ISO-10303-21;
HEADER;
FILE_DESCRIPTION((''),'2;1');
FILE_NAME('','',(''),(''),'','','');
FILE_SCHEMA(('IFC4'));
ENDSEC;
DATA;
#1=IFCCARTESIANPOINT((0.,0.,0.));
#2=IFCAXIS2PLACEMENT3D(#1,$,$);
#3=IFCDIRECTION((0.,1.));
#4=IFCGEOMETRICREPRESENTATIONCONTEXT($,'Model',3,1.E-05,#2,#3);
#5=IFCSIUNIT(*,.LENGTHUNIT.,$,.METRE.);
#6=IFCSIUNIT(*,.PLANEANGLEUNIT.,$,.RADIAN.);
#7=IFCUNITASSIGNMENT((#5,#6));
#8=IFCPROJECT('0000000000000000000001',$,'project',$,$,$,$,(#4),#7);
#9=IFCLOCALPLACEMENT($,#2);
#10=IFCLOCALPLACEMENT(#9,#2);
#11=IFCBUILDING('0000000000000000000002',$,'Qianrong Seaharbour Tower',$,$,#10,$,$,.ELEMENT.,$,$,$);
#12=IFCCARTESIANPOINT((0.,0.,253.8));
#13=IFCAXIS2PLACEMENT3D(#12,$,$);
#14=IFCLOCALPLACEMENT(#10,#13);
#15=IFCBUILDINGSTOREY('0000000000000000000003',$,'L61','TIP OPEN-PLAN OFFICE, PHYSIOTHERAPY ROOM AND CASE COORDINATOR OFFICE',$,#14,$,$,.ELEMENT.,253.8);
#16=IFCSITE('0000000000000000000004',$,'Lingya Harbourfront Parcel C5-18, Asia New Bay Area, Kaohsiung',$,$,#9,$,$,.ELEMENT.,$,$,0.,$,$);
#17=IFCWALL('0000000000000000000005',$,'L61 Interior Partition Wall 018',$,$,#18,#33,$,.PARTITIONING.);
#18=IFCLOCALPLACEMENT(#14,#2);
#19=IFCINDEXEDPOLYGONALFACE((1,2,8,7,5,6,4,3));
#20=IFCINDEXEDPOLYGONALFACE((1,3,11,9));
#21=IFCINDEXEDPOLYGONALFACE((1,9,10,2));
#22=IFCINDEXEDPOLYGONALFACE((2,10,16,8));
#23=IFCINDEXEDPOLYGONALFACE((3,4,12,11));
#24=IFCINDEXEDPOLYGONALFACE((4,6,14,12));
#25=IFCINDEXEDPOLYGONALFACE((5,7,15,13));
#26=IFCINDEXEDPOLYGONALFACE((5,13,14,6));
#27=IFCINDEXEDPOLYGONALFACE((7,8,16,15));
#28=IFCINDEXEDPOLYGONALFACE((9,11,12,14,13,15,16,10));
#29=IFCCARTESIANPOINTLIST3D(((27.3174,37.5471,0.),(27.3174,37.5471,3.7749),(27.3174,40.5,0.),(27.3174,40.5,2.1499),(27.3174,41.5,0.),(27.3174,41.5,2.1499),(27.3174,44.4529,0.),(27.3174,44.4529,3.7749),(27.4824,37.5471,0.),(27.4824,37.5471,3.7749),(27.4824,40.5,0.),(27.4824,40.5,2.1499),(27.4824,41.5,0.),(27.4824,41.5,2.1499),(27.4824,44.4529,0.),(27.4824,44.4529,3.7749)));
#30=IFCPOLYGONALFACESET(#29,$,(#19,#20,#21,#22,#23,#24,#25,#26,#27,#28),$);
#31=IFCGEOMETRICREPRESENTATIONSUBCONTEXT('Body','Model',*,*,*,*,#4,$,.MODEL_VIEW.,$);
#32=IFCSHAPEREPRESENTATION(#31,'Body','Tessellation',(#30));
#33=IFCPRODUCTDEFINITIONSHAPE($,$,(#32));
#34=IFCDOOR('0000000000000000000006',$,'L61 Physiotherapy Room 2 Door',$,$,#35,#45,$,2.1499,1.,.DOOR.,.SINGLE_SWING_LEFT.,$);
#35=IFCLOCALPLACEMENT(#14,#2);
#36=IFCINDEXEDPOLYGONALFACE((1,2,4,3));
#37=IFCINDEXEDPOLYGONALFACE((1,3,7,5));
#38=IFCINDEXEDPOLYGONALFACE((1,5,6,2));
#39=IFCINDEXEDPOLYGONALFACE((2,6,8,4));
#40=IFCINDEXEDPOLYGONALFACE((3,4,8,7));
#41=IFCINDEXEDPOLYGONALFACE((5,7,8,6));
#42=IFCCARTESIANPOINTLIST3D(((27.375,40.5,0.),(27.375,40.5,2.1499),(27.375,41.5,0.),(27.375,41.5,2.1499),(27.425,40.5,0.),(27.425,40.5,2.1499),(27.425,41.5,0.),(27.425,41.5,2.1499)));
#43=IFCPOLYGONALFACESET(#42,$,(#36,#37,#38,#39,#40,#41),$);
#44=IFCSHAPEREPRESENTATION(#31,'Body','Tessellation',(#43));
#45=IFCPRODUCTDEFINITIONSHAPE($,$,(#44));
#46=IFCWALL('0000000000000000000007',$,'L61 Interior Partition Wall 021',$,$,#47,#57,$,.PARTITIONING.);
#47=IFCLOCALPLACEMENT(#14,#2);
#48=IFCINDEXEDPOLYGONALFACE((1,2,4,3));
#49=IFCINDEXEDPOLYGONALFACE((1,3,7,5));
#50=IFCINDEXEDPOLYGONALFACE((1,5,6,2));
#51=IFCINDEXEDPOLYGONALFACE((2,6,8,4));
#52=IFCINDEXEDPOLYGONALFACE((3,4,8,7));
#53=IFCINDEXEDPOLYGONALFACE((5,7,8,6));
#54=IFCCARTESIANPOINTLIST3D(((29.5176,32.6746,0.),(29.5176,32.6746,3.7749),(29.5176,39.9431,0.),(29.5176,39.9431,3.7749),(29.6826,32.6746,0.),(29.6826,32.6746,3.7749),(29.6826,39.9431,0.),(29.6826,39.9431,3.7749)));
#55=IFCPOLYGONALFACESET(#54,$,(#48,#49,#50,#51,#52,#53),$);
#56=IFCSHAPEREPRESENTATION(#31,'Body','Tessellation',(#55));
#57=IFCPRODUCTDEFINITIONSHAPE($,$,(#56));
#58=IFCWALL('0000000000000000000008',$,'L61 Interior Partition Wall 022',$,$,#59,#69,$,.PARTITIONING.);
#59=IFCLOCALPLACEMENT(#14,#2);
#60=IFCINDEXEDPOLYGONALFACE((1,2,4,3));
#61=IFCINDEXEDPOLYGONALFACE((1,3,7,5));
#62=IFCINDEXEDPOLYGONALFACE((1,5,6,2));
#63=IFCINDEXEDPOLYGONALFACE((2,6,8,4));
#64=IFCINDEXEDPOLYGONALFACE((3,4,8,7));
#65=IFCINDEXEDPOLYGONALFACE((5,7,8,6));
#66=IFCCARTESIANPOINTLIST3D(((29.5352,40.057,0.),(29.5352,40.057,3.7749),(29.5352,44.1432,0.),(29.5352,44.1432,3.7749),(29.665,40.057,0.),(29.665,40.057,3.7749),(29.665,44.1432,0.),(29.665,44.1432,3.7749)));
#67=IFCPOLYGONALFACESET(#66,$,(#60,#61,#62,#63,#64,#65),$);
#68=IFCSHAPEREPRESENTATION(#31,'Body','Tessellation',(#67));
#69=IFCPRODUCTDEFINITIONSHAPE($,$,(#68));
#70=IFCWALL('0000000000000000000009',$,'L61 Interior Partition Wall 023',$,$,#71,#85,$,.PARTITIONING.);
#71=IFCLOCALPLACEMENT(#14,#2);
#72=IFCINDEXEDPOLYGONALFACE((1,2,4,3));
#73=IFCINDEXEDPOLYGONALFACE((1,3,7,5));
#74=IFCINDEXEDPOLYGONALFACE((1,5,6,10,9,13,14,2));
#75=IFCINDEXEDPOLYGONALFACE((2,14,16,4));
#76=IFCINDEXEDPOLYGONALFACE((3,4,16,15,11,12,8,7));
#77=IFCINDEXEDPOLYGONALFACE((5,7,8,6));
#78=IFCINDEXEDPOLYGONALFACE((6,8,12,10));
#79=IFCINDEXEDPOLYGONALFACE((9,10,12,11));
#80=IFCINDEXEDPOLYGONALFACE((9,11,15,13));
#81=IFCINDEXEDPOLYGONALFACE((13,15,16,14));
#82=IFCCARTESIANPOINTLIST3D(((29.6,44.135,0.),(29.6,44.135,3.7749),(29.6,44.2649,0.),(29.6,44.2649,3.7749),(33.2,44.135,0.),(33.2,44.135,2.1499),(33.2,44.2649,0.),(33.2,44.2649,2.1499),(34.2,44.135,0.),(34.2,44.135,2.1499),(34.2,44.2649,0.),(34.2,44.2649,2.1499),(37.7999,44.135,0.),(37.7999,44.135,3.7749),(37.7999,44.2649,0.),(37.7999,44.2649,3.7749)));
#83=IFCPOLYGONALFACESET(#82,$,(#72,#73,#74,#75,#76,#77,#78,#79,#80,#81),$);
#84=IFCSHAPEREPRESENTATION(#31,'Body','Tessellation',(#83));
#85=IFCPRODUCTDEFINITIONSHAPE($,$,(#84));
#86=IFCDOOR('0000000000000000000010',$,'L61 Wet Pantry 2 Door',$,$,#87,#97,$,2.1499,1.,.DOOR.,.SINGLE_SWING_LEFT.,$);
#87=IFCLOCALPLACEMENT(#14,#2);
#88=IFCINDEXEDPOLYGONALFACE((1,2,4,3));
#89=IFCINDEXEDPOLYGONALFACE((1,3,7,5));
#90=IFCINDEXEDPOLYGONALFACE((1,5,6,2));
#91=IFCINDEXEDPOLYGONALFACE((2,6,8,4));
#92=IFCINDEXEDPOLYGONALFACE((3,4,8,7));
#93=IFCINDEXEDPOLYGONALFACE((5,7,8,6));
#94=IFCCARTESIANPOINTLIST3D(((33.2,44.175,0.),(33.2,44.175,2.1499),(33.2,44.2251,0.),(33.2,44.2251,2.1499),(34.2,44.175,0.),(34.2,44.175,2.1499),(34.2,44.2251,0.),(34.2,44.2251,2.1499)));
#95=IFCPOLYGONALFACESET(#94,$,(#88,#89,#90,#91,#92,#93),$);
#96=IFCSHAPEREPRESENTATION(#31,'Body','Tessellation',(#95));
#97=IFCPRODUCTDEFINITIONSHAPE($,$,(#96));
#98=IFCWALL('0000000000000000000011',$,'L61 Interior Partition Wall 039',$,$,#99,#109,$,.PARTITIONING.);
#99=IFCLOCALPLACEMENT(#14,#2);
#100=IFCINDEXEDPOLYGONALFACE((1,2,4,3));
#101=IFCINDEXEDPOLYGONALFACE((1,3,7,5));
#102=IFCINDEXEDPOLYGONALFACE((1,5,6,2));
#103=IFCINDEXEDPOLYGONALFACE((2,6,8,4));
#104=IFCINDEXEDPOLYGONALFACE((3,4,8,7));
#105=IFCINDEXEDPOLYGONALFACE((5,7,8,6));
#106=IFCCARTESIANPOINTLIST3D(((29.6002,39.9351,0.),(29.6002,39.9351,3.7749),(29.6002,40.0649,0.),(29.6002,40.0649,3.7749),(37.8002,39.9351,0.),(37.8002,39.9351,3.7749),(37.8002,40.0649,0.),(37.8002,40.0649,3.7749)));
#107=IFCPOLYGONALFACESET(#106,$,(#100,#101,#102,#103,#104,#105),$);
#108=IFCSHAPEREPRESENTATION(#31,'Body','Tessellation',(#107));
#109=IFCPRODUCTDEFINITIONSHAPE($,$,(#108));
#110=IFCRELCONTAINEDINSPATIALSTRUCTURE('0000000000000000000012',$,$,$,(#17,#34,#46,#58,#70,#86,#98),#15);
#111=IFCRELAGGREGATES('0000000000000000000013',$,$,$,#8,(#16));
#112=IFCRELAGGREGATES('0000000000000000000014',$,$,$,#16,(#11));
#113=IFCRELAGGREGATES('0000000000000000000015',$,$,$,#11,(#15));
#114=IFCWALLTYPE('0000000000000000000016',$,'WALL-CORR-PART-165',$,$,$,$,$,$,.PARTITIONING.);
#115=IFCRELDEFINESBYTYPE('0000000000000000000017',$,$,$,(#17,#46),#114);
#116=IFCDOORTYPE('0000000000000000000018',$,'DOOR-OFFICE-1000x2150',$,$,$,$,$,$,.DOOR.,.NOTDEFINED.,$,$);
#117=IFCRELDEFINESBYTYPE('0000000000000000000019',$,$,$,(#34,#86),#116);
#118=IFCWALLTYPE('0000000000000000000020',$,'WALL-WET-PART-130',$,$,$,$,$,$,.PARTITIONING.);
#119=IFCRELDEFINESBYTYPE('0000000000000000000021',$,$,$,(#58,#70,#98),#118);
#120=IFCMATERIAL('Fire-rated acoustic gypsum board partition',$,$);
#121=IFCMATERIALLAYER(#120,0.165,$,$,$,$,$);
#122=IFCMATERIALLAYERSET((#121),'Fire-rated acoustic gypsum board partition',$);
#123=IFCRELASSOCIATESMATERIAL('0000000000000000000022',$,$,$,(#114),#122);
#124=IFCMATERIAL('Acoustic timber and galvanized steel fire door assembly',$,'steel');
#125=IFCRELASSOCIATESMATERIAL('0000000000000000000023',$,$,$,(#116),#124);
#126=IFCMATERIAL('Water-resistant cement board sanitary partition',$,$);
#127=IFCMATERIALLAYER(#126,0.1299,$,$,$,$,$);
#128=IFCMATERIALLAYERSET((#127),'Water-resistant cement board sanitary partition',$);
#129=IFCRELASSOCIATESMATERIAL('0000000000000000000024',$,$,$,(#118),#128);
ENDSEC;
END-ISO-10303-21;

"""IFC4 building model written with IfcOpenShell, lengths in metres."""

from ifc_helpers import new_model, si_unit, direction, frame, frame_2d, origin, place, context, subcontext, project, spatial, rectangle, extrude, material, layer, layer_set, type_object, element, fill, save


model = new_model("IFC4")

# Units and contexts
model_context = context("Model", 3, precision=1e-05, world=origin(), true_north=direction((0.0, 1.0)))
body_context = subcontext(model_context, "Body", "Model", "MODEL_VIEW")
ifc_project = project(units=[si_unit("LENGTHUNIT", "METRE"), si_unit("PLANEANGLEUNIT", "RADIAN")], contexts=[model_context])

# Site, building, storey
site_placement = place(None, origin())
site = spatial("IfcSite", under=ifc_project, at=site_placement, Name="Lingya Harbourfront Parcel C5-18, Asia New Bay Area, Kaohsiung", CompositionType="ELEMENT", RefElevation=0.0)
building_placement = place(site_placement, origin())
building = spatial("IfcBuilding", under=site, at=building_placement, Name="Qianrong Seaharbour Tower", CompositionType="ELEMENT")
storey_placement = place(building_placement, frame((0.0, 0.0, 253.8)))
storey = spatial("IfcBuildingStorey", under=building, at=storey_placement, Name="L61", Description="TIP OPEN-PLAN OFFICE, PHYSIOTHERAPY ROOM AND CASE COORDINATOR OFFICE", CompositionType="ELEMENT", Elevation=253.8)

# Wall, opening, door
ifc_material_1 = material(Name="Fire-rated acoustic gypsum board partition")
ifc_layer_1 = layer(ifc_material_1, 0.165)
ifc_layer_set_1 = layer_set([ifc_layer_1], Name="Fire-rated acoustic gypsum board partition")
wall_type_1 = type_object("IfcWallType", Name="WALL-CORR-PART-165", PredefinedType="PARTITIONING", material=ifc_layer_set_1)
ifc_material_2 = material(Name="Acoustic timber and galvanized steel fire door assembly", Category="steel")
wall_1_placement = place(storey_placement, frame((27.3999, 37.5471, 0.0), z_axis=(0.0, 0.0, 1.0), x_axis=(0.0, 1.0, 0.0)))
wall_1 = element("IfcWall", 1, at=wall_1_placement, inside=storey, type_object=wall_type_1, Name="L61 Interior Partition Wall 018", PredefinedType="PARTITIONING", context=body_context, shape_type="SweptSolid", body=[
    extrude(rectangle(XDim=6.9058, YDim=0.165, at=frame_2d((3.4529, 0.0))), origin(), (0.0, 0.0, 1.0), 3.7749),
])
opening_1_placement = place(wall_1_placement, frame((2.9529, 0.0, 0.0)))
opening_1 = element("IfcOpeningElement", 2, at=opening_1_placement, cuts=wall_1, PredefinedType="OPENING", context=body_context, shape_type="SweptSolid", body=[
    extrude(rectangle(XDim=1.0, YDim=2.1499, at=frame_2d((0.5, 1.075))), frame((0.0, 0.0925, 0.0), z_axis=(0.0, -1.0, 0.0), x_axis=(1.0, 0.0, 0.0)), (0.0, 0.0, 1.0), 0.1851),
])
door_type_1 = type_object("IfcDoorType", Name="DOOR-OFFICE-1000x2150", OperationType="NOTDEFINED", PredefinedType="DOOR", material=ifc_material_2)
door_1_placement = place(opening_1_placement, origin())
door_1 = element("IfcDoor", 3, at=door_1_placement, inside=storey, type_object=door_type_1, Name="L61 Physiotherapy Room 2 Door", OperationType="SINGLE_SWING_LEFT", OverallHeight=2.1499, OverallWidth=1.0, PredefinedType="DOOR", context=body_context, shape_type="SweptSolid", body=[
    extrude(rectangle(XDim=1.0, YDim=2.1499, at=frame_2d((0.5, 1.075))), frame((0.0, 0.0249, 0.0), z_axis=(0.0, -1.0, 0.0), x_axis=(1.0, 0.0, 0.0)), (0.0, 0.0, 1.0), 0.05),
])
fill(opening_1, door_1)

# Walls
wall_2_placement = place(storey_placement, frame((29.6001, 39.9431, 0.0), z_axis=(0.0, 0.0, 1.0), x_axis=(0.0, -1.0, 0.0)))
element("IfcWall", 4, at=wall_2_placement, inside=storey, type_object=wall_type_1, Name="L61 Interior Partition Wall 021", PredefinedType="PARTITIONING", context=body_context, shape_type="SweptSolid", body=[
    extrude(rectangle(XDim=7.2686, YDim=0.165, at=frame_2d((3.6343, 0.0))), origin(), (0.0, 0.0, 1.0), 3.7749),
])
ifc_material_3 = material(Name="Water-resistant cement board sanitary partition")
ifc_layer_2 = layer(ifc_material_3, 0.1299)
ifc_layer_set_2 = layer_set([ifc_layer_2], Name="Water-resistant cement board sanitary partition")
wall_type_2 = type_object("IfcWallType", Name="WALL-WET-PART-130", PredefinedType="PARTITIONING", material=ifc_layer_set_2)
wall_3_placement = place(storey_placement, frame((29.6001, 44.1431, 0.0), z_axis=(0.0, 0.0, 1.0), x_axis=(0.0, -1.0, 0.0)))
element("IfcWall", 5, at=wall_3_placement, inside=storey, type_object=wall_type_2, Name="L61 Interior Partition Wall 022", PredefinedType="PARTITIONING", context=body_context, shape_type="SweptSolid", body=[
    extrude(rectangle(XDim=4.0862, YDim=0.1299, at=frame_2d((2.043, 0.0))), origin(), (0.0, 0.0, 1.0), 3.7749),
])

# Wall, opening, door
wall_4_placement = place(storey_placement, frame((37.8, 44.2, 0.0), z_axis=(0.0, 0.0, 1.0), x_axis=(-1.0, 0.0, 0.0)))
wall_4 = element("IfcWall", 6, at=wall_4_placement, inside=storey, type_object=wall_type_2, Name="L61 Interior Partition Wall 023", PredefinedType="PARTITIONING", context=body_context, shape_type="SweptSolid", body=[
    extrude(rectangle(XDim=8.2, YDim=0.1299, at=frame_2d((4.1001, 0.0))), origin(), (0.0, 0.0, 1.0), 3.7749),
])
opening_2_placement = place(wall_4_placement, frame((3.6001, 0.0, 0.0)))
opening_2 = element("IfcOpeningElement", 7, at=opening_2_placement, cuts=wall_4, PredefinedType="OPENING", context=body_context, shape_type="SweptSolid", body=[
    extrude(rectangle(XDim=1.0, YDim=2.1499, at=frame_2d((0.5, 1.075))), frame((0.0, 0.075, 0.0), z_axis=(0.0, -1.0, 0.0), x_axis=(1.0, 0.0, 0.0)), (0.0, 0.0, 1.0), 0.1499),
])
door_2_placement = place(opening_2_placement, origin())
door_2 = element("IfcDoor", 8, at=door_2_placement, inside=storey, type_object=door_type_1, Name="L61 Wet Pantry 2 Door", OperationType="SINGLE_SWING_LEFT", OverallHeight=2.1499, OverallWidth=1.0, PredefinedType="DOOR", context=body_context, shape_type="SweptSolid", body=[
    extrude(rectangle(XDim=1.0, YDim=2.1499, at=frame_2d((0.5, 1.075))), frame((0.0, 0.0249, 0.0), z_axis=(0.0, -1.0, 0.0), x_axis=(1.0, 0.0, 0.0)), (0.0, 0.0, 1.0), 0.05),
])
fill(opening_2, door_2)

# Wall
wall_5_placement = place(storey_placement, frame((29.6001, 40.0, 0.0), z_axis=(0.0, 0.0, 1.0), x_axis=(1.0, 0.0, 0.0)))
element("IfcWall", 9, at=wall_5_placement, inside=storey, type_object=wall_type_2, Name="L61 Interior Partition Wall 039", PredefinedType="PARTITIONING", context=body_context, shape_type="SweptSolid", body=[
    extrude(rectangle(XDim=8.2, YDim=0.1299, at=frame_2d((4.1001, 0.0))), origin(), (0.0, 0.0, 1.0), 3.7749),
])

save(model, "model.ifc")
